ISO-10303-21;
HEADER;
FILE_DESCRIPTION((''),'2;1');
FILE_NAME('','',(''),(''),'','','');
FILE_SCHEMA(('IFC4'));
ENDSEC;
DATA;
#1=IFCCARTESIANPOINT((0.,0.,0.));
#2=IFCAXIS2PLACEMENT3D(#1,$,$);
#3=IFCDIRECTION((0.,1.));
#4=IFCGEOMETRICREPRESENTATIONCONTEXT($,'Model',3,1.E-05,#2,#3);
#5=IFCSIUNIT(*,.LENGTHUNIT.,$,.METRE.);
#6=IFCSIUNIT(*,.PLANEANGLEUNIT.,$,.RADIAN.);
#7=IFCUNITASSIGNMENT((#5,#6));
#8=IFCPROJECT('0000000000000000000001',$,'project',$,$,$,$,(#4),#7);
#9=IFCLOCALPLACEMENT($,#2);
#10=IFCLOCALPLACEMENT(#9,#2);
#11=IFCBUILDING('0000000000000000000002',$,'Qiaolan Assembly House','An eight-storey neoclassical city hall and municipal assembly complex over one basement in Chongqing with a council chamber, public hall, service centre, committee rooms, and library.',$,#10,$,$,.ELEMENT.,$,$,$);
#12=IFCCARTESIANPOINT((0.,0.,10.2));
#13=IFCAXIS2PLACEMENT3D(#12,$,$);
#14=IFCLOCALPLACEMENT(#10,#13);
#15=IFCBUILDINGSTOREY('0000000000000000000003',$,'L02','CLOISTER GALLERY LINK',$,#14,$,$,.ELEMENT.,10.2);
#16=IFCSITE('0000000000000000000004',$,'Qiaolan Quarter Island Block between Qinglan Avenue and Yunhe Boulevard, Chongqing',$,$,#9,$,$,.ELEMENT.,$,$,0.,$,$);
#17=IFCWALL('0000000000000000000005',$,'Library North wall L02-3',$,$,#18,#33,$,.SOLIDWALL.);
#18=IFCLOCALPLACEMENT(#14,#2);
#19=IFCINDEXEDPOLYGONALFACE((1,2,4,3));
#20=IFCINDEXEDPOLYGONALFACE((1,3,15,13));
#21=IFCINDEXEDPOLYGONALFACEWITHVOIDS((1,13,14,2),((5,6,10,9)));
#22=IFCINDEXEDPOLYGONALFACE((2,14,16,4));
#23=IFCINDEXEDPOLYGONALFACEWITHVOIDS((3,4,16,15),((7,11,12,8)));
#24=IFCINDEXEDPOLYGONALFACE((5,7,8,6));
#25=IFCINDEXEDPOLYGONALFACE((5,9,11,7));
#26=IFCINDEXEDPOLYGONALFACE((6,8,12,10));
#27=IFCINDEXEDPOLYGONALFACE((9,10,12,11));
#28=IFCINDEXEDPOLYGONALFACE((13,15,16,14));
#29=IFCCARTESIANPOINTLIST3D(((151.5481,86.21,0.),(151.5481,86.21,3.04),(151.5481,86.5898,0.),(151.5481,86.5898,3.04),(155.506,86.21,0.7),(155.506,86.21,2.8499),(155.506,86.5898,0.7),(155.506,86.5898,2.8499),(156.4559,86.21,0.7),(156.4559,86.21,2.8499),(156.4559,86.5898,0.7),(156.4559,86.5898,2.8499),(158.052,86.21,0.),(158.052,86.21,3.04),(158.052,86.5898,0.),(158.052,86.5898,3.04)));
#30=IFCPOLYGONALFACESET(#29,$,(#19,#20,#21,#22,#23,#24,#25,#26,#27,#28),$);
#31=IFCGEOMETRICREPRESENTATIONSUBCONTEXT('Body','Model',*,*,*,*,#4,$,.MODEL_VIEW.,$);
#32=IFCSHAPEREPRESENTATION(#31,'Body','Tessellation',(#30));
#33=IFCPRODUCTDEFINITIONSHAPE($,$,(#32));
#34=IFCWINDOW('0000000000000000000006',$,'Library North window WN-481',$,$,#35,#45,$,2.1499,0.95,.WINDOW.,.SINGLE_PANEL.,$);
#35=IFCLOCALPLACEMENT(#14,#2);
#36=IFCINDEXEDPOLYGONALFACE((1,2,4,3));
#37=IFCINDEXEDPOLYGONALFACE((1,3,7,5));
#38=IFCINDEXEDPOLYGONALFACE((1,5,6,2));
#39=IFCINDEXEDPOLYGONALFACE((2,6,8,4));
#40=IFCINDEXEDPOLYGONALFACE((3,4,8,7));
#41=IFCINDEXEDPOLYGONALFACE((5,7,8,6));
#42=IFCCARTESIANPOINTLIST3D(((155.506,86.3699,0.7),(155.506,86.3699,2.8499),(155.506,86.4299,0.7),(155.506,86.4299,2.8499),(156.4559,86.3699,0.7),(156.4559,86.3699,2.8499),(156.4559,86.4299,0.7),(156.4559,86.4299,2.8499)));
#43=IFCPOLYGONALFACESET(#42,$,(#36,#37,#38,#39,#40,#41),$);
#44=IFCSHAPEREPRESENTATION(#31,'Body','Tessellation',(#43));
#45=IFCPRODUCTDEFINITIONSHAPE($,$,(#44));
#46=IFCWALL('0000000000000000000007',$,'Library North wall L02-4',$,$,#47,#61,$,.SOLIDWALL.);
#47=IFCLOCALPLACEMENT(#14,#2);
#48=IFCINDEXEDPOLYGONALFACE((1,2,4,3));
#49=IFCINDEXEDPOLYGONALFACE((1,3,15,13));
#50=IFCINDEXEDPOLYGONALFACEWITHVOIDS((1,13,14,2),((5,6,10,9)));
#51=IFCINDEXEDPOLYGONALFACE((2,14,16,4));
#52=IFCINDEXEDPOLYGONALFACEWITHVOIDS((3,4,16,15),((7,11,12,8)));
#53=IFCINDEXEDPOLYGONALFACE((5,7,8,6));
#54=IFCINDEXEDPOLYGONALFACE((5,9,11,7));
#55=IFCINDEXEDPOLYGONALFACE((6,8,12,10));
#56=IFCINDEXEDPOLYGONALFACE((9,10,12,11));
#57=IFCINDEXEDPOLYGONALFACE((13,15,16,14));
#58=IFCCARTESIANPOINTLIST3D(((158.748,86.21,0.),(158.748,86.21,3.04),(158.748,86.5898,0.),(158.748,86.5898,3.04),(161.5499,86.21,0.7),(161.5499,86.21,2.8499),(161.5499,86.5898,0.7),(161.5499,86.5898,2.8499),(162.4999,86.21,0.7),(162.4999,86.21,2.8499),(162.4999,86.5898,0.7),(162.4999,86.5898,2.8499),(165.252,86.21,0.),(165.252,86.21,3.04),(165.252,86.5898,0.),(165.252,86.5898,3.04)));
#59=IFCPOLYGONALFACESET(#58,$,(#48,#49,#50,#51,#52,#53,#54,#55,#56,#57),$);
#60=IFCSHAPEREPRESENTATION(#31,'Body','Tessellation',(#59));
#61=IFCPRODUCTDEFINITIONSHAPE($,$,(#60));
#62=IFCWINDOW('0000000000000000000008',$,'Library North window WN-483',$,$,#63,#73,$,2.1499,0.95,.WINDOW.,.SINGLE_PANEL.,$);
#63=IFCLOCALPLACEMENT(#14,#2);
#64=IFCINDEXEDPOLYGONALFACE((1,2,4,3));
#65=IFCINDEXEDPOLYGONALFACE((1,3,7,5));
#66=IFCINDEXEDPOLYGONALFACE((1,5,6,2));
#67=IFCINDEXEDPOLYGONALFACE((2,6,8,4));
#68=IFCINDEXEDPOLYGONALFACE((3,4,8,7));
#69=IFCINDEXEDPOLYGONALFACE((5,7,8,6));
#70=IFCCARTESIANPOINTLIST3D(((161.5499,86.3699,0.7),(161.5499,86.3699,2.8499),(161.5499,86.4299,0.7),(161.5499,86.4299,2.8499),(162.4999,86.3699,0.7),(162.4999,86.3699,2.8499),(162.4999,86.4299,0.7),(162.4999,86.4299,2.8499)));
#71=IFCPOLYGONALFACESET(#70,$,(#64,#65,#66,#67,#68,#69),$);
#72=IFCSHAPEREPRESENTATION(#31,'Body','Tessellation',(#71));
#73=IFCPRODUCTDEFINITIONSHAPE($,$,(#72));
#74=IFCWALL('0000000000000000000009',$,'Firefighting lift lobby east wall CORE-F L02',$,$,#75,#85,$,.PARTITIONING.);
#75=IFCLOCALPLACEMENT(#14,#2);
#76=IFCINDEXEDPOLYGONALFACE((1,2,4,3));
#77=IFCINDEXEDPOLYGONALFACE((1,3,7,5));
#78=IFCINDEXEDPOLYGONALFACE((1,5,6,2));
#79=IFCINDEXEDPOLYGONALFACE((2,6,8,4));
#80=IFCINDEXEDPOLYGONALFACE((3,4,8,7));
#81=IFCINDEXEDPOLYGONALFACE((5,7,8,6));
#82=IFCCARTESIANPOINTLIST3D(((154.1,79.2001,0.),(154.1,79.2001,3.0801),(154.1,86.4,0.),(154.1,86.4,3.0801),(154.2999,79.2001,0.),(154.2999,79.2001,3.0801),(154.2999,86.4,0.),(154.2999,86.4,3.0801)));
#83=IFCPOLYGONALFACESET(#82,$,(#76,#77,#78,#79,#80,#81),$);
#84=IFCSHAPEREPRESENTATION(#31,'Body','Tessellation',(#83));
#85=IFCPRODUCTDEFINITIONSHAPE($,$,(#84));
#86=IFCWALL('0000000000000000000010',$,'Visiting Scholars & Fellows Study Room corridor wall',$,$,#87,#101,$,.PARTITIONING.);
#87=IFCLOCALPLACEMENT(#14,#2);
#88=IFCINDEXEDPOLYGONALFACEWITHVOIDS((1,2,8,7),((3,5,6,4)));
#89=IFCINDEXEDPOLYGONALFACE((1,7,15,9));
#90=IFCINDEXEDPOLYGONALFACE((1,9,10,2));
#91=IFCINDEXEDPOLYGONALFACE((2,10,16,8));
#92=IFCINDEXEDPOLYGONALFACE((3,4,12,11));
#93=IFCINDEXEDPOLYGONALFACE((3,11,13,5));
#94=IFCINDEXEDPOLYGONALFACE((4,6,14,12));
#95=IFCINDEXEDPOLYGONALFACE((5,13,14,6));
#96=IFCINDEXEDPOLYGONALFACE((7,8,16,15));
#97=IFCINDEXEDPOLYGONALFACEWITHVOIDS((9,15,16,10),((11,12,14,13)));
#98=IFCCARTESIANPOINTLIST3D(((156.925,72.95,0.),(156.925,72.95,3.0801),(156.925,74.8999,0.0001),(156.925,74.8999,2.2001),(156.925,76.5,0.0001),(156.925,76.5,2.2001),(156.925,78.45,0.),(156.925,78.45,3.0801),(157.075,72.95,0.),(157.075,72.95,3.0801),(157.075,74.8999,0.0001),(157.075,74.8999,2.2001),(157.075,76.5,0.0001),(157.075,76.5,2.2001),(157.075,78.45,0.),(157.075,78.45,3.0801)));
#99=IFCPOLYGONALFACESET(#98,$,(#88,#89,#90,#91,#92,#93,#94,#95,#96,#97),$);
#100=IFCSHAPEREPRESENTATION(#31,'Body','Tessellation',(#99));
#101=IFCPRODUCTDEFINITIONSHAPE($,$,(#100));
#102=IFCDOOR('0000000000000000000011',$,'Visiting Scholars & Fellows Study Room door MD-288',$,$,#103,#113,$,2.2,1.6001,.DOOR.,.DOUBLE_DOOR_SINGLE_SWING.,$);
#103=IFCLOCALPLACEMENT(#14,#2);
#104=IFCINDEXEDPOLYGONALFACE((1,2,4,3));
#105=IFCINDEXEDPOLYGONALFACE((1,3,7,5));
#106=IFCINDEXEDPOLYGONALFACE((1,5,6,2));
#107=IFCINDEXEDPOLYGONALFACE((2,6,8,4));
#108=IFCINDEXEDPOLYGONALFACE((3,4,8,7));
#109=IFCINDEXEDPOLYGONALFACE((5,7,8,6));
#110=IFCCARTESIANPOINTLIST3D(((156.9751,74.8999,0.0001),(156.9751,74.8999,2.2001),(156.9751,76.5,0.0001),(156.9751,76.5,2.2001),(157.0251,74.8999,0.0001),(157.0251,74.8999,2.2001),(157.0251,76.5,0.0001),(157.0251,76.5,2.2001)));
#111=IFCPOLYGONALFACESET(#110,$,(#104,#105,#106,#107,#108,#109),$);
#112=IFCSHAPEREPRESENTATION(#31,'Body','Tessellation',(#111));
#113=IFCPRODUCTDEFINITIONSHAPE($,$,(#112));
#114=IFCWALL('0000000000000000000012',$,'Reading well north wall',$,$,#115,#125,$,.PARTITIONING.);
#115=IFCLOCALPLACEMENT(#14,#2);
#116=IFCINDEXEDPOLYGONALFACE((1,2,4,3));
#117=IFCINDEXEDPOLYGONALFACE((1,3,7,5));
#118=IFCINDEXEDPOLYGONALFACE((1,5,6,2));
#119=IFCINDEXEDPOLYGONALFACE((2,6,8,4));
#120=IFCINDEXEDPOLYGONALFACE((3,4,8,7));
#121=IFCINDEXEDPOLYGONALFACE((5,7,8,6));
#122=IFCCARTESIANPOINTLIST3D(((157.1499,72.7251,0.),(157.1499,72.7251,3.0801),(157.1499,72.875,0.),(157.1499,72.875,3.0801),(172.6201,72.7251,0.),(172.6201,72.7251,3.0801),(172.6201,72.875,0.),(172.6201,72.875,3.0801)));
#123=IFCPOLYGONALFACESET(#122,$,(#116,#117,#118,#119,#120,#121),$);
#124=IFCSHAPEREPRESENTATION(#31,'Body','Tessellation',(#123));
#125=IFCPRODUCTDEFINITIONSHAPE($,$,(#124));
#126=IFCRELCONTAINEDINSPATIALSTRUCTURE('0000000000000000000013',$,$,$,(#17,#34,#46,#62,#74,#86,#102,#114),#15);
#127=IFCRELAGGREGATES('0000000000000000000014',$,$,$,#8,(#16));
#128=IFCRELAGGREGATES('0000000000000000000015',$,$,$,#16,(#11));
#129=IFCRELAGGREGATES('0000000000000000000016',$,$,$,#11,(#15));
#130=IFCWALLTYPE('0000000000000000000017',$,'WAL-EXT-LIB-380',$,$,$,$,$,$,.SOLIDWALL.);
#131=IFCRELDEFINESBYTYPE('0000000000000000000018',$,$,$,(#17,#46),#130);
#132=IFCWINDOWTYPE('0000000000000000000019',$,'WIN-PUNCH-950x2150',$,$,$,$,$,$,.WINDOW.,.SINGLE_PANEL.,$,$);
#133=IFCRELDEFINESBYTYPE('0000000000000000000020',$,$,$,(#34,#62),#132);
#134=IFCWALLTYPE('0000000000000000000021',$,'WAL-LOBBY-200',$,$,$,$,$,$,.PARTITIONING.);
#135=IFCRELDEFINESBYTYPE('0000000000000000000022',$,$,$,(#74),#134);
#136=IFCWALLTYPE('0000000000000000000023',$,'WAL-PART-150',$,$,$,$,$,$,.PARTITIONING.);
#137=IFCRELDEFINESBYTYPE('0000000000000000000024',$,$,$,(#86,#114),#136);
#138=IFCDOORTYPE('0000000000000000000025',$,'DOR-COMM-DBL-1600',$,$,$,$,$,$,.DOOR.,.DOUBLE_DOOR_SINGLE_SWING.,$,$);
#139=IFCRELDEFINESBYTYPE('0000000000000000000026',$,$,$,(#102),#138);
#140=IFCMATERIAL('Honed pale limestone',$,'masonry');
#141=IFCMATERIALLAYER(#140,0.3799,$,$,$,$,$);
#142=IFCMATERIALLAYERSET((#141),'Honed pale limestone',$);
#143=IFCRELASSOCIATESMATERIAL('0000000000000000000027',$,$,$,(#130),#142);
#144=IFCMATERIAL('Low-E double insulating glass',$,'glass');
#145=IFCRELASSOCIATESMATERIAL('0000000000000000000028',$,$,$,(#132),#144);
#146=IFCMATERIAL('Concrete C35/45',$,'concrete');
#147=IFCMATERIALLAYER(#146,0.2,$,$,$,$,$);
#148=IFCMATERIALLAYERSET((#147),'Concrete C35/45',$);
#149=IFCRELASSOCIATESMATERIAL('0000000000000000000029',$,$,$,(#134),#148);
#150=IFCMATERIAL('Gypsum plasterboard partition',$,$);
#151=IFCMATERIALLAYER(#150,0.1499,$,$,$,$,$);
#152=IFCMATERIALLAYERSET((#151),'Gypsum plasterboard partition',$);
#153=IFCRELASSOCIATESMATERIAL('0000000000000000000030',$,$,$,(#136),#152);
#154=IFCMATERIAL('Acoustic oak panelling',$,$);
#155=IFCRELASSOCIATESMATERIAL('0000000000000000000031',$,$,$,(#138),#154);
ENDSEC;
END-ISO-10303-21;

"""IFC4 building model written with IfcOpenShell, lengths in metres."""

from ifc_helpers import new_model, si_unit, direction, frame, frame_2d, origin, place, context, subcontext, project, spatial, rectangle, extrude, material, layer, layer_set, type_object, element, fill, save


model = new_model("IFC4")

# Units and contexts
model_context = context("Model", 3, precision=1e-05, world=origin(), true_north=direction((0.0, 1.0)))
body_context = subcontext(model_context, "Body", "Model", "MODEL_VIEW")
ifc_project = project(units=[si_unit("LENGTHUNIT", "METRE"), si_unit("PLANEANGLEUNIT", "RADIAN")], contexts=[model_context])

# Site, building, storey
site_placement = place(None, origin())
site = spatial("IfcSite", under=ifc_project, at=site_placement, Name="Qiaolan Quarter Island Block between Qinglan Avenue and Yunhe Boulevard, Chongqing", CompositionType="ELEMENT", RefElevation=0.0)
building_placement = place(site_placement, origin())
building = spatial("IfcBuilding", under=site, at=building_placement, Name="Qiaolan Assembly House", Description="An eight-storey neoclassical city hall and municipal assembly complex over one basement in Chongqing with a council chamber, public hall, service centre, committee rooms, and library.", CompositionType="ELEMENT")
storey_placement = place(building_placement, frame((0.0, 0.0, 10.2)))
storey = spatial("IfcBuildingStorey", under=building, at=storey_placement, Name="L02", Description="CLOISTER GALLERY LINK", CompositionType="ELEMENT", Elevation=10.2)

# Walls, openings, windows
ifc_material_1 = material(Name="Honed pale limestone", Category="masonry")
ifc_layer_1 = layer(ifc_material_1, 0.3799)
ifc_layer_set_1 = layer_set([ifc_layer_1], Name="Honed pale limestone")
wall_type_1 = type_object("IfcWallType", Name="WAL-EXT-LIB-380", PredefinedType="SOLIDWALL", material=ifc_layer_set_1)
wall_1_placement = place(storey_placement, frame((158.052, 86.3999, 0.0), z_axis=(0.0, 0.0, 1.0), x_axis=(-1.0, 0.0, 0.0)))
wall_1 = element("IfcWall", 1, at=wall_1_placement, inside=storey, type_object=wall_type_1, Name="Library North wall L02-3", PredefinedType="SOLIDWALL", context=body_context, shape_type="SweptSolid", body=[
    extrude(rectangle(XDim=6.5039, YDim=0.3799, at=frame_2d((3.252, 0.0))), origin(), (0.0, 0.0, 1.0), 3.04),
])
opening_1_placement = place(wall_1_placement, frame((1.5959, 0.0, 0.7)))
opening_1 = element("IfcOpeningElement", 2, at=opening_1_placement, cuts=wall_1, PredefinedType="OPENING", context=body_context, shape_type="SweptSolid", body=[
    extrude(rectangle(XDim=0.95, YDim=2.1499, at=frame_2d((0.4751, 1.075))), frame((0.0, 0.2, 0.0), z_axis=(0.0, -1.0, 0.0), x_axis=(1.0, 0.0, 0.0)), (0.0, 0.0, 1.0), 0.3999),
])
ifc_material_2 = material(Name="Low-E double insulating glass", Category="glass")
window_type = type_object("IfcWindowType", Name="WIN-PUNCH-950x2150", PartitioningType="SINGLE_PANEL", PredefinedType="WINDOW", material=ifc_material_2)
window_1_placement = place(opening_1_placement, origin())
window_1 = element("IfcWindow", 3, at=window_1_placement, inside=storey, type_object=window_type, Name="Library North window WN-481", OverallHeight=2.1499, OverallWidth=0.95, PartitioningType="SINGLE_PANEL", PredefinedType="WINDOW", context=body_context, shape_type="SweptSolid", body=[
    extrude(rectangle(XDim=0.95, YDim=2.1499, at=frame_2d((0.4751, 1.075))), frame((0.0, 0.03, 0.0), z_axis=(0.0, -1.0, 0.0), x_axis=(1.0, 0.0, 0.0)), (0.0, 0.0, 1.0), 0.0601),
])
fill(opening_1, window_1)
wall_2_placement = place(storey_placement, frame((165.252, 86.3999, 0.0), z_axis=(0.0, 0.0, 1.0), x_axis=(-1.0, 0.0, 0.0)))
wall_2 = element("IfcWall", 4, at=wall_2_placement, inside=storey, type_object=wall_type_1, Name="Library North wall L02-4", PredefinedType="SOLIDWALL", context=body_context, shape_type="SweptSolid", body=[
    extrude(rectangle(XDim=6.5039, YDim=0.3799, at=frame_2d((3.252, 0.0))), origin(), (0.0, 0.0, 1.0), 3.04),
])
opening_2_placement = place(wall_2_placement, frame((2.752, 0.0, 0.7)))
opening_2 = element("IfcOpeningElement", 5, at=opening_2_placement, cuts=wall_2, PredefinedType="OPENING", context=body_context, shape_type="SweptSolid", body=[
    extrude(rectangle(XDim=0.95, YDim=2.1499, at=frame_2d((0.4751, 1.075))), frame((0.0, 0.2, 0.0), z_axis=(0.0, -1.0, 0.0), x_axis=(1.0, 0.0, 0.0)), (0.0, 0.0, 1.0), 0.3999),
])
window_2_placement = place(opening_2_placement, origin())
window_2 = element("IfcWindow", 6, at=window_2_placement, inside=storey, type_object=window_type, Name="Library North window WN-483", OverallHeight=2.1499, OverallWidth=0.95, PartitioningType="SINGLE_PANEL", PredefinedType="WINDOW", context=body_context, shape_type="SweptSolid", body=[
    extrude(rectangle(XDim=0.95, YDim=2.1499, at=frame_2d((0.4751, 1.075))), frame((0.0, 0.03, 0.0), z_axis=(0.0, -1.0, 0.0), x_axis=(1.0, 0.0, 0.0)), (0.0, 0.0, 1.0), 0.0601),
])
fill(opening_2, window_2)

# Wall
ifc_material_3 = material(Name="Concrete C35/45", Category="concrete")
ifc_layer_2 = layer(ifc_material_3, 0.2)
ifc_layer_set_2 = layer_set([ifc_layer_2], Name="Concrete C35/45")
wall_type_2 = type_object("IfcWallType", Name="WAL-LOBBY-200", PredefinedType="PARTITIONING", material=ifc_layer_set_2)
wall_3_placement = place(storey_placement, frame((154.2, 79.2, 0.0), z_axis=(0.0, 0.0, 1.0), x_axis=(0.0, 1.0, 0.0)))
element("IfcWall", 7, at=wall_3_placement, inside=storey, type_object=wall_type_2, Name="Firefighting lift lobby east wall CORE-F L02", PredefinedType="PARTITIONING", context=body_context, shape_type="SweptSolid", body=[
    extrude(rectangle(XDim=7.2, YDim=0.2, at=frame_2d((3.6001, 0.0))), origin(), (0.0, 0.0, 1.0), 3.0801),
])

# Wall, opening, door
ifc_material_4 = material(Name="Gypsum plasterboard partition")
ifc_layer_3 = layer(ifc_material_4, 0.1499)
ifc_layer_set_3 = layer_set([ifc_layer_3], Name="Gypsum plasterboard partition")
wall_type_3 = type_object("IfcWallType", Name="WAL-PART-150", PredefinedType="PARTITIONING", material=ifc_layer_set_3)
wall_4_placement = place(storey_placement, frame((157.0, 72.95, 0.0), z_axis=(0.0, 0.0, 1.0), x_axis=(0.0, 1.0, 0.0)))
wall_4 = element("IfcWall", 8, at=wall_4_placement, inside=storey, type_object=wall_type_3, Name="Visiting Scholars & Fellows Study Room corridor wall", PredefinedType="PARTITIONING", context=body_context, shape_type="SweptSolid", body=[
    extrude(rectangle(XDim=5.5, YDim=0.1499, at=frame_2d((2.75, 0.0))), origin(), (0.0, 0.0, 1.0), 3.0801),
])
opening_3_placement = place(wall_4_placement, frame((1.95, 0.0, 0.0)))
opening_3 = element("IfcOpeningElement", 9, at=opening_3_placement, cuts=wall_4, PredefinedType="OPENING", context=body_context, shape_type="SweptSolid", body=[
    extrude(rectangle(XDim=1.6001, YDim=2.2, at=frame_2d((0.8, 1.1001))), frame((0.0, 0.085, 0.0), z_axis=(0.0, -1.0, 0.0), x_axis=(1.0, 0.0, 0.0)), (0.0, 0.0, 1.0), 0.1699),
])
ifc_material_5 = material(Name="Acoustic oak panelling")
door_type = type_object("IfcDoorType", Name="DOR-COMM-DBL-1600", OperationType="DOUBLE_DOOR_SINGLE_SWING", PredefinedType="DOOR", material=ifc_material_5)
door_placement = place(opening_3_placement, origin())
door = element("IfcDoor", 10, at=door_placement, inside=storey, type_object=door_type, Name="Visiting Scholars & Fellows Study Room door MD-288", OperationType="DOUBLE_DOOR_SINGLE_SWING", OverallHeight=2.2, OverallWidth=1.6001, PredefinedType="DOOR", context=body_context, shape_type="SweptSolid", body=[
    extrude(rectangle(XDim=1.6001, YDim=2.2, at=frame_2d((0.8, 1.1001))), frame((0.0, 0.0249, 0.0), z_axis=(0.0, -1.0, 0.0), x_axis=(1.0, 0.0, 0.0)), (0.0, 0.0, 1.0), 0.05),
])
fill(opening_3, door)

# Wall
wall_5_placement = place(storey_placement, frame((157.1499, 72.8, 0.0), z_axis=(0.0, 0.0, 1.0), x_axis=(1.0, 0.0, 0.0)))
element("IfcWall", 11, at=wall_5_placement, inside=storey, type_object=wall_type_3, Name="Reading well north wall", PredefinedType="PARTITIONING", context=body_context, shape_type="SweptSolid", body=[
    extrude(rectangle(XDim=15.4702, YDim=0.1499, at=frame_2d((7.7351, 0.0))), origin(), (0.0, 0.0, 1.0), 3.0801),
])

save(model, "model.ifc")
